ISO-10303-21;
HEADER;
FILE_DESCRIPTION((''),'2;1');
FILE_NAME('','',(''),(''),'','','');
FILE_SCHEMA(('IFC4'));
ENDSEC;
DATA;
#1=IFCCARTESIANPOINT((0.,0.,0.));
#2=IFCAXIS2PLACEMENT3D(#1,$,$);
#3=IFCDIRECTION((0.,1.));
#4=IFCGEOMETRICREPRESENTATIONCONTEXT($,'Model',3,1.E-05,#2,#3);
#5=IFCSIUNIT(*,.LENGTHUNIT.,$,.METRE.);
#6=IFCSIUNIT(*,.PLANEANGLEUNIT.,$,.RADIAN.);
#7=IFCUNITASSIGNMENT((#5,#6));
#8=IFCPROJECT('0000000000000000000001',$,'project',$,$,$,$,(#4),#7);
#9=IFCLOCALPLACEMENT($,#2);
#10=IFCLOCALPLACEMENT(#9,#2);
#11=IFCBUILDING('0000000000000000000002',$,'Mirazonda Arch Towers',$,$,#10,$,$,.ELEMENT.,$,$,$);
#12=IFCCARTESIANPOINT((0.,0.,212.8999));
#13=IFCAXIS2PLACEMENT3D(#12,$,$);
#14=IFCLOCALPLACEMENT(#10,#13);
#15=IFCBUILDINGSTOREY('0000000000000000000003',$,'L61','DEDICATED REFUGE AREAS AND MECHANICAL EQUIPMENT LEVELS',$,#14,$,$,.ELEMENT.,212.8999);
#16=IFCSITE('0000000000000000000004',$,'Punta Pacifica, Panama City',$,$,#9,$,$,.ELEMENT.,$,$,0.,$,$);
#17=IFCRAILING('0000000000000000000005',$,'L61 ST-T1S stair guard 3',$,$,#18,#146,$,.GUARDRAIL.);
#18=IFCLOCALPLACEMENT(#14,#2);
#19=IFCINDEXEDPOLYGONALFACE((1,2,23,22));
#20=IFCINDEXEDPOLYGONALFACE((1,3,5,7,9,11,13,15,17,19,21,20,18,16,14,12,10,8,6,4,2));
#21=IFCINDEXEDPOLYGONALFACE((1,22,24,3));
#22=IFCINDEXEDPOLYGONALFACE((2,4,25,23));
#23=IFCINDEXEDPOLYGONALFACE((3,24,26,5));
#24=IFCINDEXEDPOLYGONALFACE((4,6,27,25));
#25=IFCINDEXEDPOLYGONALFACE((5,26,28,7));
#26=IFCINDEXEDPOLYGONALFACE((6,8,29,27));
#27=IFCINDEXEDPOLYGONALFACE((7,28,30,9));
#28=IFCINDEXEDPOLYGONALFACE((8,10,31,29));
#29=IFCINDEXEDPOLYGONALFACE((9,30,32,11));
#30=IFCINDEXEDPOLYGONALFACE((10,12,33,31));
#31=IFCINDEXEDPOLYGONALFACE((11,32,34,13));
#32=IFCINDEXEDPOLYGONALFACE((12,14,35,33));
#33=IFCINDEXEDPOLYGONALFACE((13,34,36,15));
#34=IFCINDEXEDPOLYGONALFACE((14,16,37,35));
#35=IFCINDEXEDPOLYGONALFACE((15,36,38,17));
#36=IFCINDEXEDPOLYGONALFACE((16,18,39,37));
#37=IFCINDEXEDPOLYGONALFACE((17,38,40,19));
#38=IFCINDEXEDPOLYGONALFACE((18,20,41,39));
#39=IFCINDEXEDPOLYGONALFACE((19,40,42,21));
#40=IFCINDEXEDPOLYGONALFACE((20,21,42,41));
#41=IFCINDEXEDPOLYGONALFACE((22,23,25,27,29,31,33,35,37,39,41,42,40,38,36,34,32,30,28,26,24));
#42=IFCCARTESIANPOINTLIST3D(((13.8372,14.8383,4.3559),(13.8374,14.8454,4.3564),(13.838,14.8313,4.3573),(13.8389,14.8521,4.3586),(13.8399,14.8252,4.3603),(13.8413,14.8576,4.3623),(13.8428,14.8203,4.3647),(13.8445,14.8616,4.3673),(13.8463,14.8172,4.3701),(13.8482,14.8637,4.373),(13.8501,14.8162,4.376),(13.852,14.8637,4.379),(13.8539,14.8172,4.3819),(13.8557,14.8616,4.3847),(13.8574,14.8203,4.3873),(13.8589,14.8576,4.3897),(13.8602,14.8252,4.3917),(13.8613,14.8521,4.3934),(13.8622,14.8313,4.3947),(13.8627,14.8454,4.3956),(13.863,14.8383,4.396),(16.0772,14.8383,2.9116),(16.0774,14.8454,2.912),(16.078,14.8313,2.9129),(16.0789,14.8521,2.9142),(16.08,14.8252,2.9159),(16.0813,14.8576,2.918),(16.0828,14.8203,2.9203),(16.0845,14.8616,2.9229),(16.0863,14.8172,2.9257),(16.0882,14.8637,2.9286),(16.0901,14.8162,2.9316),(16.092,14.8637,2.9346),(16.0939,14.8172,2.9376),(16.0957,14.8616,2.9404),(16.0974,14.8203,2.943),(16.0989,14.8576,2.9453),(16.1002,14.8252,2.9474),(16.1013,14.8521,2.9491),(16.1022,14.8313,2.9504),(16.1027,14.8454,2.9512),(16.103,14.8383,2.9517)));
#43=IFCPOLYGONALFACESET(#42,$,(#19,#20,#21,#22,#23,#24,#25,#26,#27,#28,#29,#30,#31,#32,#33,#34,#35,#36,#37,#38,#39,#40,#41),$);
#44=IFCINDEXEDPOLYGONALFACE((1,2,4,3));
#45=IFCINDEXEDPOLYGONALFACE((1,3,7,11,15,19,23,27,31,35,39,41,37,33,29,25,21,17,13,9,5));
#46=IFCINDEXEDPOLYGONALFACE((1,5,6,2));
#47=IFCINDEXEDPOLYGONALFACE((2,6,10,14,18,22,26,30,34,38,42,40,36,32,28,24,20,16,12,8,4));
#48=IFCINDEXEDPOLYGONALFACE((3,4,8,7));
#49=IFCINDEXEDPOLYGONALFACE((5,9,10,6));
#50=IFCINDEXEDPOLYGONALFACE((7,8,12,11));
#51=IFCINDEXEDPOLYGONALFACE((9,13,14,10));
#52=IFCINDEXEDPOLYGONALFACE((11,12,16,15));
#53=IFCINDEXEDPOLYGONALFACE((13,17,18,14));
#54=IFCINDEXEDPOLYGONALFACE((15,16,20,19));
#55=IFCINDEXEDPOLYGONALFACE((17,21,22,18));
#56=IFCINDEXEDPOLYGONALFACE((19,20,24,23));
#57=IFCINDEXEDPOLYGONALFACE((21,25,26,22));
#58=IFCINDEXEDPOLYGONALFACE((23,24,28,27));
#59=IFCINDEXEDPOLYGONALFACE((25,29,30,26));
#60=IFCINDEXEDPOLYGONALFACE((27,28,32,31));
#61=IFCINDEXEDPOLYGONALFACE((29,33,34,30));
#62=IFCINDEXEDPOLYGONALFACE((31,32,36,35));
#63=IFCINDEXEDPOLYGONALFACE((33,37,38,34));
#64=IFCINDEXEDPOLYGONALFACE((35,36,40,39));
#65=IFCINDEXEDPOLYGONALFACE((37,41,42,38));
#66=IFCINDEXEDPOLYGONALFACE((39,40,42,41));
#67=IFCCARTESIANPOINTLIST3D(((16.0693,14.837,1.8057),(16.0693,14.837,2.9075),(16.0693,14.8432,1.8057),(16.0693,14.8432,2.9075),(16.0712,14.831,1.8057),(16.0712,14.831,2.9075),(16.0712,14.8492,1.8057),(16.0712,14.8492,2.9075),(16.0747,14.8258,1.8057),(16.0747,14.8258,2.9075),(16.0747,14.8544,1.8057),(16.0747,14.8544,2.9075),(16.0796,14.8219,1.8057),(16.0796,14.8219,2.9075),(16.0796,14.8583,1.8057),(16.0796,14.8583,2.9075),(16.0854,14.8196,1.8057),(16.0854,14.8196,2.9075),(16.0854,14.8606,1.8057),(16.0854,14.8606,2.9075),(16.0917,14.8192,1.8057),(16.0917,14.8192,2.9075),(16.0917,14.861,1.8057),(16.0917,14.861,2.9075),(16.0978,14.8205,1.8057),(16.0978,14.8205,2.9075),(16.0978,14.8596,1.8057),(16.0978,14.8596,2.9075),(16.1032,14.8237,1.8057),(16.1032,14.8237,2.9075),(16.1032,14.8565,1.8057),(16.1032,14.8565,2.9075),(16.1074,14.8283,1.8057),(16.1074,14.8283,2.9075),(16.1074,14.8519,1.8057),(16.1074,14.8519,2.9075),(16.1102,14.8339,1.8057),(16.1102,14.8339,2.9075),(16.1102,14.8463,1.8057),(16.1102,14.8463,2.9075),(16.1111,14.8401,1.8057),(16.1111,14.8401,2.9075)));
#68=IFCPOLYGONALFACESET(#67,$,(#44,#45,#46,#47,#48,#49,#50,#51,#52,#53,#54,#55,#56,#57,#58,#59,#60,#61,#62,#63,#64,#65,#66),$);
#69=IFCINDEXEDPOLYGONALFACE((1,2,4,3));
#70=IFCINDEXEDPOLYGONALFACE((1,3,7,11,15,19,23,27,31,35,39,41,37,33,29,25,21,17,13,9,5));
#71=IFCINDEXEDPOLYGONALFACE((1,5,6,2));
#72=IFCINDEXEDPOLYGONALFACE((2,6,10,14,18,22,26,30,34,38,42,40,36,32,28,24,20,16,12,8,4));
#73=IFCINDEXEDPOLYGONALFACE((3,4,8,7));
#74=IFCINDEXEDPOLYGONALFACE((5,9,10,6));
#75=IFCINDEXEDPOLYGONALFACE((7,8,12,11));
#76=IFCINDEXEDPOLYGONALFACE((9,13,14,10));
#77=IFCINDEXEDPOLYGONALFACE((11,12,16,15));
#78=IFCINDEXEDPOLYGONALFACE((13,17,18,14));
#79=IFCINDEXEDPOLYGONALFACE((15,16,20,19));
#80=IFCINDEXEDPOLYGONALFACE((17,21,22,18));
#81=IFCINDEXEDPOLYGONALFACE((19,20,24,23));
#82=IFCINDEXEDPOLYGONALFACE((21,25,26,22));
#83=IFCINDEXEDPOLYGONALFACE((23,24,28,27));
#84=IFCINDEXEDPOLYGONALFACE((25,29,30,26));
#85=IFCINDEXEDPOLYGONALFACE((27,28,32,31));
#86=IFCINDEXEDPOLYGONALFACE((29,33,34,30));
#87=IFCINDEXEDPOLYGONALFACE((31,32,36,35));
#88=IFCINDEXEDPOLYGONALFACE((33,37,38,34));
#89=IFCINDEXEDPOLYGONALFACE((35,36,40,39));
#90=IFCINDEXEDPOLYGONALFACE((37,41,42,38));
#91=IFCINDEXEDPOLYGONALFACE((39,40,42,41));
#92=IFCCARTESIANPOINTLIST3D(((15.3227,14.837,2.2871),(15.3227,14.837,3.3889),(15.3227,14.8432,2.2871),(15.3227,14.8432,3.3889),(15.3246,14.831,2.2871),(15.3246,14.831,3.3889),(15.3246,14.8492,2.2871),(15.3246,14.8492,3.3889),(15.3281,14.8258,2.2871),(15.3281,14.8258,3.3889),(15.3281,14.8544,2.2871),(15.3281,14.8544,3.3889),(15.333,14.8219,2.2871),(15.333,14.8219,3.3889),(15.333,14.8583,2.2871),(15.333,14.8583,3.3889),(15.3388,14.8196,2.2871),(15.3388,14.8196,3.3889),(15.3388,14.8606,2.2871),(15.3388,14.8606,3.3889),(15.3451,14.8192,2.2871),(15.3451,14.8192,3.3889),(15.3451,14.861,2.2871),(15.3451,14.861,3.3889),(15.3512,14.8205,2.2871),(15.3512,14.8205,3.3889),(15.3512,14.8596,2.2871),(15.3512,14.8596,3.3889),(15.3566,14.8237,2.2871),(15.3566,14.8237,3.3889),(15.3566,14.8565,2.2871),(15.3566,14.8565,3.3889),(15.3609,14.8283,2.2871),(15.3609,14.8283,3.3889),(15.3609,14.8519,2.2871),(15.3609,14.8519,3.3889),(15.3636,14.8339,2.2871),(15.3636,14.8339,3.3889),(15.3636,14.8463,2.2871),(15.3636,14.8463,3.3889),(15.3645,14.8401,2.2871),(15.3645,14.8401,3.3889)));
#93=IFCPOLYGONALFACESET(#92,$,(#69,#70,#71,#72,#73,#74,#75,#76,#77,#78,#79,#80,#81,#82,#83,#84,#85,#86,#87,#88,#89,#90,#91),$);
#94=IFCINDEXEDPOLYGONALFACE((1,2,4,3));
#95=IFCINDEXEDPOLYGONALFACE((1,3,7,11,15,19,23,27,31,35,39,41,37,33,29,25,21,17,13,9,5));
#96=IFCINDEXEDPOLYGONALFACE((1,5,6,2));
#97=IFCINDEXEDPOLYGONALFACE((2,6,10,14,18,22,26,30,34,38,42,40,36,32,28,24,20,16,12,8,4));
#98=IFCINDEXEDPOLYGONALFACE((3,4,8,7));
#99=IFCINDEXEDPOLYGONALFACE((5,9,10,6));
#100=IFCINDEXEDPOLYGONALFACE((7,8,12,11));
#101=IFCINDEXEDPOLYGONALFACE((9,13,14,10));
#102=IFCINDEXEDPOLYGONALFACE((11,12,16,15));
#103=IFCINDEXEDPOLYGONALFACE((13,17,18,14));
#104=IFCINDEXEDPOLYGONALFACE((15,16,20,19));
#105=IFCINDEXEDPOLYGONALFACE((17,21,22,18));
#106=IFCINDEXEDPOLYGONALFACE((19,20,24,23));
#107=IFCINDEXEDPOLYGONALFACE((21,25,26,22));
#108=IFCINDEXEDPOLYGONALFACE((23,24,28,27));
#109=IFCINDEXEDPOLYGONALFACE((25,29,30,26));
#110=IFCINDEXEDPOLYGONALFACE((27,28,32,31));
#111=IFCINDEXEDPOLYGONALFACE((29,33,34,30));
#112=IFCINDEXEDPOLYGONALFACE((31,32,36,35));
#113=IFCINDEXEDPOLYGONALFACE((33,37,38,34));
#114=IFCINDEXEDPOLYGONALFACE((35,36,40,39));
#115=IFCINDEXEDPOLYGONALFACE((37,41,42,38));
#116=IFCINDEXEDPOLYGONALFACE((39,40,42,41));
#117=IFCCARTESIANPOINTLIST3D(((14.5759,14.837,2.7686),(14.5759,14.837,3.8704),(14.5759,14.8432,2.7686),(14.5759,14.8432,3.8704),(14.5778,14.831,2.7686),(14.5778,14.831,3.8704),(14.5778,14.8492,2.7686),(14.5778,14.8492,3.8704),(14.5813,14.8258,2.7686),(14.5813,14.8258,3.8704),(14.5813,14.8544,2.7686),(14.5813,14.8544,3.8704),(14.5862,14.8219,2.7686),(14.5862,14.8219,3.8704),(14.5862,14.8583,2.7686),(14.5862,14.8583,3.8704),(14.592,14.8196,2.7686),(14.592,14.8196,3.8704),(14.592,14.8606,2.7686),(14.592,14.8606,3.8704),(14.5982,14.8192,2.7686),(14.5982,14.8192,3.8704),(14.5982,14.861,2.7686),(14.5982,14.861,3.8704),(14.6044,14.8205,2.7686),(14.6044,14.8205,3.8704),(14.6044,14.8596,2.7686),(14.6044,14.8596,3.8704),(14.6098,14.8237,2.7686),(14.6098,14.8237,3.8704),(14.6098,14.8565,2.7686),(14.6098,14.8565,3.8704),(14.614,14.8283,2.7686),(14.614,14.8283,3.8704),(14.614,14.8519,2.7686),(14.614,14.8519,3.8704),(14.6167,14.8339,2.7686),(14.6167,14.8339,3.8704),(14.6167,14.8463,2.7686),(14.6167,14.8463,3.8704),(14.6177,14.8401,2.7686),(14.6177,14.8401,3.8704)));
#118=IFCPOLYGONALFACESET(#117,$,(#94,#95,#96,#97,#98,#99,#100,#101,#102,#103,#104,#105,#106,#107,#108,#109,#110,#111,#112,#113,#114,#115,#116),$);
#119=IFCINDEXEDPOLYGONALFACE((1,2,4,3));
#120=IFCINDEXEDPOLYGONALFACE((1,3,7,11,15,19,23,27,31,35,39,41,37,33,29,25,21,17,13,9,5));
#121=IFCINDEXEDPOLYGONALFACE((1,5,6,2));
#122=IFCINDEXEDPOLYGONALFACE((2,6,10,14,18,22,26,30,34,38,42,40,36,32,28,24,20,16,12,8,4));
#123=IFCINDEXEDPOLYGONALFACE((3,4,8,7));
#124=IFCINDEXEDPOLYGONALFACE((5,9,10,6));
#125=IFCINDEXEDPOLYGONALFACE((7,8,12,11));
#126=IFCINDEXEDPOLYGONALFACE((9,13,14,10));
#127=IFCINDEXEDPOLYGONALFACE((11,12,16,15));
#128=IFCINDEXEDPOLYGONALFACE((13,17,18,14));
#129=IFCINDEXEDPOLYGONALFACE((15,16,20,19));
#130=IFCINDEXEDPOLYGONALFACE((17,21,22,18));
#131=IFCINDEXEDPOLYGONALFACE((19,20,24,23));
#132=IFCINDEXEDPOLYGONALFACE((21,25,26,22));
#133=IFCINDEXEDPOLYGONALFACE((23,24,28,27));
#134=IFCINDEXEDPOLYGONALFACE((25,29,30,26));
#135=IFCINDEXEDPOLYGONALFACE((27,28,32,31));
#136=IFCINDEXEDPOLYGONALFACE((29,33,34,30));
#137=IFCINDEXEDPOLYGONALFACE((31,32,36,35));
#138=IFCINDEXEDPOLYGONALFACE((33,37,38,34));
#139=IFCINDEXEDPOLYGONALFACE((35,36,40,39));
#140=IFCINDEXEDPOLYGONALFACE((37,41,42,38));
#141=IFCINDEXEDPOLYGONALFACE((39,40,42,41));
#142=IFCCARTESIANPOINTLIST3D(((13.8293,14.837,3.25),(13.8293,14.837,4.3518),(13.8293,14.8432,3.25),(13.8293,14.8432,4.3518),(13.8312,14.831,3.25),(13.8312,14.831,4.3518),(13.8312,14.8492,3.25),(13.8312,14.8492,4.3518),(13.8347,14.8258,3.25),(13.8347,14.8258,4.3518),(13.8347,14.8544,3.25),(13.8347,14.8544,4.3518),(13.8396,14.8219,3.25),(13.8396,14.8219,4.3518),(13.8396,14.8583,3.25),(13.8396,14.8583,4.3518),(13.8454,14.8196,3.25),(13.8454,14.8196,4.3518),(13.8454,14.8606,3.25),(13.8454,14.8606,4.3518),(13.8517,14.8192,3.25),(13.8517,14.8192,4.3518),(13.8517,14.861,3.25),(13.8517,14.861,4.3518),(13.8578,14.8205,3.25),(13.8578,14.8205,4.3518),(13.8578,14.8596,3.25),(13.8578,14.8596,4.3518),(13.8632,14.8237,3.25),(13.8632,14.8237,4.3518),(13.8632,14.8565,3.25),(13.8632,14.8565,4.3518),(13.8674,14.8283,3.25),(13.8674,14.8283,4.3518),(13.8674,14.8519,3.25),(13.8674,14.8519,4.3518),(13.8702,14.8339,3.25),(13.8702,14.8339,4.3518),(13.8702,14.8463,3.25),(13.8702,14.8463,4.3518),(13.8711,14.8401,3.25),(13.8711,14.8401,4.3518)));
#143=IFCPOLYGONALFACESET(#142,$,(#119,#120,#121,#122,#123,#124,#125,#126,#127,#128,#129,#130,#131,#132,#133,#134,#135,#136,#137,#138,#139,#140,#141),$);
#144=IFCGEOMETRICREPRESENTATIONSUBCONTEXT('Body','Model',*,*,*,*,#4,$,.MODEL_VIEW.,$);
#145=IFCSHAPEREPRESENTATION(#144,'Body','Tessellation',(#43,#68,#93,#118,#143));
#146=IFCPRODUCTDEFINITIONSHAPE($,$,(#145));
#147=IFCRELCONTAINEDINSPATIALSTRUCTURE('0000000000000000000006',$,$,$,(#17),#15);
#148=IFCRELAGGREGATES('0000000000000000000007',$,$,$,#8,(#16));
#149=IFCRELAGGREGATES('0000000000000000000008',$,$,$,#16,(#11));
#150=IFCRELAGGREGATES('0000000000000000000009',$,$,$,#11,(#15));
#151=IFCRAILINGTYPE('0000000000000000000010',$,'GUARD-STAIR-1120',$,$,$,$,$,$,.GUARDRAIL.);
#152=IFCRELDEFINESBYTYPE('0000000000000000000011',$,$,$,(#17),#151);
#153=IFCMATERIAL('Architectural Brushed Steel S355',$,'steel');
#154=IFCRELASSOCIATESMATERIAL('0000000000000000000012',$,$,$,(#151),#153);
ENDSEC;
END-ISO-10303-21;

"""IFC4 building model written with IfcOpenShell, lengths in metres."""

from ifc_helpers import new_model, si_unit, direction, frame, origin, origin_2d, place, context, subcontext, project, spatial, circle, extrude, material, type_object, element, save


model = new_model("IFC4")

# Units and contexts
model_context = context("Model", 3, precision=1e-05, world=origin(), true_north=direction((0.0, 1.0)))
body_context = subcontext(model_context, "Body", "Model", "MODEL_VIEW")
ifc_project = project(units=[si_unit("LENGTHUNIT", "METRE"), si_unit("PLANEANGLEUNIT", "RADIAN")], contexts=[model_context])

# Site, building, storey
site_placement = place(None, origin())
site = spatial("IfcSite", under=ifc_project, at=site_placement, Name="Punta Pacifica, Panama City", CompositionType="ELEMENT", RefElevation=0.0)
building_placement = place(site_placement, origin())
building = spatial("IfcBuilding", under=site, at=building_placement, Name="Mirazonda Arch Towers", CompositionType="ELEMENT")
storey_placement = place(building_placement, frame((0.0, 0.0, 212.8999)))
storey = spatial("IfcBuildingStorey", under=building, at=storey_placement, Name="L61", Description="DEDICATED REFUGE AREAS AND MECHANICAL EQUIPMENT LEVELS", CompositionType="ELEMENT", Elevation=212.8999)

# Shared definitions
ifc_material_1 = material(Name="Architectural Brushed Steel S355", Category="steel")

# Railing
railing_type_1 = type_object("IfcRailingType", Name="GUARD-STAIR-1120", PredefinedType="GUARDRAIL", material=ifc_material_1)
railing_1_placement = place(storey_placement, frame((16.0901, 14.8401, 1.8057)))
element("IfcRailing", 1, at=railing_1_placement, inside=storey, type_object=railing_type_1, Name="L61 ST-T1S stair guard 3", PredefinedType="GUARDRAIL", context=body_context, shape_type="SweptSolid", body=[
    extrude(circle(Radius=0.0239, at=origin_2d()), frame((0.0, 0.0, 1.126), z_axis=(-0.840437, 0.0, 0.54191), x_axis=(0.0, -1.0, 0.0)), (0.0, 0.0, 1.0), 2.6653),
    extrude(circle(Radius=0.021, at=origin_2d()), origin(), (0.0, 0.0, 1.0), 1.1018),
    extrude(circle(Radius=0.021, at=origin_2d()), frame((-0.7466, 0.0, 0.4814)), (0.0, 0.0, 1.0), 1.1018),
    extrude(circle(Radius=0.021, at=origin_2d()), frame((-1.4934, 0.0, 0.9629)), (0.0, 0.0, 1.0), 1.1018),
    extrude(circle(Radius=0.021, at=origin_2d()), frame((-2.24, 0.0, 1.4443)), (0.0, 0.0, 1.0), 1.1018),
])

save(model, "model.ifc")
